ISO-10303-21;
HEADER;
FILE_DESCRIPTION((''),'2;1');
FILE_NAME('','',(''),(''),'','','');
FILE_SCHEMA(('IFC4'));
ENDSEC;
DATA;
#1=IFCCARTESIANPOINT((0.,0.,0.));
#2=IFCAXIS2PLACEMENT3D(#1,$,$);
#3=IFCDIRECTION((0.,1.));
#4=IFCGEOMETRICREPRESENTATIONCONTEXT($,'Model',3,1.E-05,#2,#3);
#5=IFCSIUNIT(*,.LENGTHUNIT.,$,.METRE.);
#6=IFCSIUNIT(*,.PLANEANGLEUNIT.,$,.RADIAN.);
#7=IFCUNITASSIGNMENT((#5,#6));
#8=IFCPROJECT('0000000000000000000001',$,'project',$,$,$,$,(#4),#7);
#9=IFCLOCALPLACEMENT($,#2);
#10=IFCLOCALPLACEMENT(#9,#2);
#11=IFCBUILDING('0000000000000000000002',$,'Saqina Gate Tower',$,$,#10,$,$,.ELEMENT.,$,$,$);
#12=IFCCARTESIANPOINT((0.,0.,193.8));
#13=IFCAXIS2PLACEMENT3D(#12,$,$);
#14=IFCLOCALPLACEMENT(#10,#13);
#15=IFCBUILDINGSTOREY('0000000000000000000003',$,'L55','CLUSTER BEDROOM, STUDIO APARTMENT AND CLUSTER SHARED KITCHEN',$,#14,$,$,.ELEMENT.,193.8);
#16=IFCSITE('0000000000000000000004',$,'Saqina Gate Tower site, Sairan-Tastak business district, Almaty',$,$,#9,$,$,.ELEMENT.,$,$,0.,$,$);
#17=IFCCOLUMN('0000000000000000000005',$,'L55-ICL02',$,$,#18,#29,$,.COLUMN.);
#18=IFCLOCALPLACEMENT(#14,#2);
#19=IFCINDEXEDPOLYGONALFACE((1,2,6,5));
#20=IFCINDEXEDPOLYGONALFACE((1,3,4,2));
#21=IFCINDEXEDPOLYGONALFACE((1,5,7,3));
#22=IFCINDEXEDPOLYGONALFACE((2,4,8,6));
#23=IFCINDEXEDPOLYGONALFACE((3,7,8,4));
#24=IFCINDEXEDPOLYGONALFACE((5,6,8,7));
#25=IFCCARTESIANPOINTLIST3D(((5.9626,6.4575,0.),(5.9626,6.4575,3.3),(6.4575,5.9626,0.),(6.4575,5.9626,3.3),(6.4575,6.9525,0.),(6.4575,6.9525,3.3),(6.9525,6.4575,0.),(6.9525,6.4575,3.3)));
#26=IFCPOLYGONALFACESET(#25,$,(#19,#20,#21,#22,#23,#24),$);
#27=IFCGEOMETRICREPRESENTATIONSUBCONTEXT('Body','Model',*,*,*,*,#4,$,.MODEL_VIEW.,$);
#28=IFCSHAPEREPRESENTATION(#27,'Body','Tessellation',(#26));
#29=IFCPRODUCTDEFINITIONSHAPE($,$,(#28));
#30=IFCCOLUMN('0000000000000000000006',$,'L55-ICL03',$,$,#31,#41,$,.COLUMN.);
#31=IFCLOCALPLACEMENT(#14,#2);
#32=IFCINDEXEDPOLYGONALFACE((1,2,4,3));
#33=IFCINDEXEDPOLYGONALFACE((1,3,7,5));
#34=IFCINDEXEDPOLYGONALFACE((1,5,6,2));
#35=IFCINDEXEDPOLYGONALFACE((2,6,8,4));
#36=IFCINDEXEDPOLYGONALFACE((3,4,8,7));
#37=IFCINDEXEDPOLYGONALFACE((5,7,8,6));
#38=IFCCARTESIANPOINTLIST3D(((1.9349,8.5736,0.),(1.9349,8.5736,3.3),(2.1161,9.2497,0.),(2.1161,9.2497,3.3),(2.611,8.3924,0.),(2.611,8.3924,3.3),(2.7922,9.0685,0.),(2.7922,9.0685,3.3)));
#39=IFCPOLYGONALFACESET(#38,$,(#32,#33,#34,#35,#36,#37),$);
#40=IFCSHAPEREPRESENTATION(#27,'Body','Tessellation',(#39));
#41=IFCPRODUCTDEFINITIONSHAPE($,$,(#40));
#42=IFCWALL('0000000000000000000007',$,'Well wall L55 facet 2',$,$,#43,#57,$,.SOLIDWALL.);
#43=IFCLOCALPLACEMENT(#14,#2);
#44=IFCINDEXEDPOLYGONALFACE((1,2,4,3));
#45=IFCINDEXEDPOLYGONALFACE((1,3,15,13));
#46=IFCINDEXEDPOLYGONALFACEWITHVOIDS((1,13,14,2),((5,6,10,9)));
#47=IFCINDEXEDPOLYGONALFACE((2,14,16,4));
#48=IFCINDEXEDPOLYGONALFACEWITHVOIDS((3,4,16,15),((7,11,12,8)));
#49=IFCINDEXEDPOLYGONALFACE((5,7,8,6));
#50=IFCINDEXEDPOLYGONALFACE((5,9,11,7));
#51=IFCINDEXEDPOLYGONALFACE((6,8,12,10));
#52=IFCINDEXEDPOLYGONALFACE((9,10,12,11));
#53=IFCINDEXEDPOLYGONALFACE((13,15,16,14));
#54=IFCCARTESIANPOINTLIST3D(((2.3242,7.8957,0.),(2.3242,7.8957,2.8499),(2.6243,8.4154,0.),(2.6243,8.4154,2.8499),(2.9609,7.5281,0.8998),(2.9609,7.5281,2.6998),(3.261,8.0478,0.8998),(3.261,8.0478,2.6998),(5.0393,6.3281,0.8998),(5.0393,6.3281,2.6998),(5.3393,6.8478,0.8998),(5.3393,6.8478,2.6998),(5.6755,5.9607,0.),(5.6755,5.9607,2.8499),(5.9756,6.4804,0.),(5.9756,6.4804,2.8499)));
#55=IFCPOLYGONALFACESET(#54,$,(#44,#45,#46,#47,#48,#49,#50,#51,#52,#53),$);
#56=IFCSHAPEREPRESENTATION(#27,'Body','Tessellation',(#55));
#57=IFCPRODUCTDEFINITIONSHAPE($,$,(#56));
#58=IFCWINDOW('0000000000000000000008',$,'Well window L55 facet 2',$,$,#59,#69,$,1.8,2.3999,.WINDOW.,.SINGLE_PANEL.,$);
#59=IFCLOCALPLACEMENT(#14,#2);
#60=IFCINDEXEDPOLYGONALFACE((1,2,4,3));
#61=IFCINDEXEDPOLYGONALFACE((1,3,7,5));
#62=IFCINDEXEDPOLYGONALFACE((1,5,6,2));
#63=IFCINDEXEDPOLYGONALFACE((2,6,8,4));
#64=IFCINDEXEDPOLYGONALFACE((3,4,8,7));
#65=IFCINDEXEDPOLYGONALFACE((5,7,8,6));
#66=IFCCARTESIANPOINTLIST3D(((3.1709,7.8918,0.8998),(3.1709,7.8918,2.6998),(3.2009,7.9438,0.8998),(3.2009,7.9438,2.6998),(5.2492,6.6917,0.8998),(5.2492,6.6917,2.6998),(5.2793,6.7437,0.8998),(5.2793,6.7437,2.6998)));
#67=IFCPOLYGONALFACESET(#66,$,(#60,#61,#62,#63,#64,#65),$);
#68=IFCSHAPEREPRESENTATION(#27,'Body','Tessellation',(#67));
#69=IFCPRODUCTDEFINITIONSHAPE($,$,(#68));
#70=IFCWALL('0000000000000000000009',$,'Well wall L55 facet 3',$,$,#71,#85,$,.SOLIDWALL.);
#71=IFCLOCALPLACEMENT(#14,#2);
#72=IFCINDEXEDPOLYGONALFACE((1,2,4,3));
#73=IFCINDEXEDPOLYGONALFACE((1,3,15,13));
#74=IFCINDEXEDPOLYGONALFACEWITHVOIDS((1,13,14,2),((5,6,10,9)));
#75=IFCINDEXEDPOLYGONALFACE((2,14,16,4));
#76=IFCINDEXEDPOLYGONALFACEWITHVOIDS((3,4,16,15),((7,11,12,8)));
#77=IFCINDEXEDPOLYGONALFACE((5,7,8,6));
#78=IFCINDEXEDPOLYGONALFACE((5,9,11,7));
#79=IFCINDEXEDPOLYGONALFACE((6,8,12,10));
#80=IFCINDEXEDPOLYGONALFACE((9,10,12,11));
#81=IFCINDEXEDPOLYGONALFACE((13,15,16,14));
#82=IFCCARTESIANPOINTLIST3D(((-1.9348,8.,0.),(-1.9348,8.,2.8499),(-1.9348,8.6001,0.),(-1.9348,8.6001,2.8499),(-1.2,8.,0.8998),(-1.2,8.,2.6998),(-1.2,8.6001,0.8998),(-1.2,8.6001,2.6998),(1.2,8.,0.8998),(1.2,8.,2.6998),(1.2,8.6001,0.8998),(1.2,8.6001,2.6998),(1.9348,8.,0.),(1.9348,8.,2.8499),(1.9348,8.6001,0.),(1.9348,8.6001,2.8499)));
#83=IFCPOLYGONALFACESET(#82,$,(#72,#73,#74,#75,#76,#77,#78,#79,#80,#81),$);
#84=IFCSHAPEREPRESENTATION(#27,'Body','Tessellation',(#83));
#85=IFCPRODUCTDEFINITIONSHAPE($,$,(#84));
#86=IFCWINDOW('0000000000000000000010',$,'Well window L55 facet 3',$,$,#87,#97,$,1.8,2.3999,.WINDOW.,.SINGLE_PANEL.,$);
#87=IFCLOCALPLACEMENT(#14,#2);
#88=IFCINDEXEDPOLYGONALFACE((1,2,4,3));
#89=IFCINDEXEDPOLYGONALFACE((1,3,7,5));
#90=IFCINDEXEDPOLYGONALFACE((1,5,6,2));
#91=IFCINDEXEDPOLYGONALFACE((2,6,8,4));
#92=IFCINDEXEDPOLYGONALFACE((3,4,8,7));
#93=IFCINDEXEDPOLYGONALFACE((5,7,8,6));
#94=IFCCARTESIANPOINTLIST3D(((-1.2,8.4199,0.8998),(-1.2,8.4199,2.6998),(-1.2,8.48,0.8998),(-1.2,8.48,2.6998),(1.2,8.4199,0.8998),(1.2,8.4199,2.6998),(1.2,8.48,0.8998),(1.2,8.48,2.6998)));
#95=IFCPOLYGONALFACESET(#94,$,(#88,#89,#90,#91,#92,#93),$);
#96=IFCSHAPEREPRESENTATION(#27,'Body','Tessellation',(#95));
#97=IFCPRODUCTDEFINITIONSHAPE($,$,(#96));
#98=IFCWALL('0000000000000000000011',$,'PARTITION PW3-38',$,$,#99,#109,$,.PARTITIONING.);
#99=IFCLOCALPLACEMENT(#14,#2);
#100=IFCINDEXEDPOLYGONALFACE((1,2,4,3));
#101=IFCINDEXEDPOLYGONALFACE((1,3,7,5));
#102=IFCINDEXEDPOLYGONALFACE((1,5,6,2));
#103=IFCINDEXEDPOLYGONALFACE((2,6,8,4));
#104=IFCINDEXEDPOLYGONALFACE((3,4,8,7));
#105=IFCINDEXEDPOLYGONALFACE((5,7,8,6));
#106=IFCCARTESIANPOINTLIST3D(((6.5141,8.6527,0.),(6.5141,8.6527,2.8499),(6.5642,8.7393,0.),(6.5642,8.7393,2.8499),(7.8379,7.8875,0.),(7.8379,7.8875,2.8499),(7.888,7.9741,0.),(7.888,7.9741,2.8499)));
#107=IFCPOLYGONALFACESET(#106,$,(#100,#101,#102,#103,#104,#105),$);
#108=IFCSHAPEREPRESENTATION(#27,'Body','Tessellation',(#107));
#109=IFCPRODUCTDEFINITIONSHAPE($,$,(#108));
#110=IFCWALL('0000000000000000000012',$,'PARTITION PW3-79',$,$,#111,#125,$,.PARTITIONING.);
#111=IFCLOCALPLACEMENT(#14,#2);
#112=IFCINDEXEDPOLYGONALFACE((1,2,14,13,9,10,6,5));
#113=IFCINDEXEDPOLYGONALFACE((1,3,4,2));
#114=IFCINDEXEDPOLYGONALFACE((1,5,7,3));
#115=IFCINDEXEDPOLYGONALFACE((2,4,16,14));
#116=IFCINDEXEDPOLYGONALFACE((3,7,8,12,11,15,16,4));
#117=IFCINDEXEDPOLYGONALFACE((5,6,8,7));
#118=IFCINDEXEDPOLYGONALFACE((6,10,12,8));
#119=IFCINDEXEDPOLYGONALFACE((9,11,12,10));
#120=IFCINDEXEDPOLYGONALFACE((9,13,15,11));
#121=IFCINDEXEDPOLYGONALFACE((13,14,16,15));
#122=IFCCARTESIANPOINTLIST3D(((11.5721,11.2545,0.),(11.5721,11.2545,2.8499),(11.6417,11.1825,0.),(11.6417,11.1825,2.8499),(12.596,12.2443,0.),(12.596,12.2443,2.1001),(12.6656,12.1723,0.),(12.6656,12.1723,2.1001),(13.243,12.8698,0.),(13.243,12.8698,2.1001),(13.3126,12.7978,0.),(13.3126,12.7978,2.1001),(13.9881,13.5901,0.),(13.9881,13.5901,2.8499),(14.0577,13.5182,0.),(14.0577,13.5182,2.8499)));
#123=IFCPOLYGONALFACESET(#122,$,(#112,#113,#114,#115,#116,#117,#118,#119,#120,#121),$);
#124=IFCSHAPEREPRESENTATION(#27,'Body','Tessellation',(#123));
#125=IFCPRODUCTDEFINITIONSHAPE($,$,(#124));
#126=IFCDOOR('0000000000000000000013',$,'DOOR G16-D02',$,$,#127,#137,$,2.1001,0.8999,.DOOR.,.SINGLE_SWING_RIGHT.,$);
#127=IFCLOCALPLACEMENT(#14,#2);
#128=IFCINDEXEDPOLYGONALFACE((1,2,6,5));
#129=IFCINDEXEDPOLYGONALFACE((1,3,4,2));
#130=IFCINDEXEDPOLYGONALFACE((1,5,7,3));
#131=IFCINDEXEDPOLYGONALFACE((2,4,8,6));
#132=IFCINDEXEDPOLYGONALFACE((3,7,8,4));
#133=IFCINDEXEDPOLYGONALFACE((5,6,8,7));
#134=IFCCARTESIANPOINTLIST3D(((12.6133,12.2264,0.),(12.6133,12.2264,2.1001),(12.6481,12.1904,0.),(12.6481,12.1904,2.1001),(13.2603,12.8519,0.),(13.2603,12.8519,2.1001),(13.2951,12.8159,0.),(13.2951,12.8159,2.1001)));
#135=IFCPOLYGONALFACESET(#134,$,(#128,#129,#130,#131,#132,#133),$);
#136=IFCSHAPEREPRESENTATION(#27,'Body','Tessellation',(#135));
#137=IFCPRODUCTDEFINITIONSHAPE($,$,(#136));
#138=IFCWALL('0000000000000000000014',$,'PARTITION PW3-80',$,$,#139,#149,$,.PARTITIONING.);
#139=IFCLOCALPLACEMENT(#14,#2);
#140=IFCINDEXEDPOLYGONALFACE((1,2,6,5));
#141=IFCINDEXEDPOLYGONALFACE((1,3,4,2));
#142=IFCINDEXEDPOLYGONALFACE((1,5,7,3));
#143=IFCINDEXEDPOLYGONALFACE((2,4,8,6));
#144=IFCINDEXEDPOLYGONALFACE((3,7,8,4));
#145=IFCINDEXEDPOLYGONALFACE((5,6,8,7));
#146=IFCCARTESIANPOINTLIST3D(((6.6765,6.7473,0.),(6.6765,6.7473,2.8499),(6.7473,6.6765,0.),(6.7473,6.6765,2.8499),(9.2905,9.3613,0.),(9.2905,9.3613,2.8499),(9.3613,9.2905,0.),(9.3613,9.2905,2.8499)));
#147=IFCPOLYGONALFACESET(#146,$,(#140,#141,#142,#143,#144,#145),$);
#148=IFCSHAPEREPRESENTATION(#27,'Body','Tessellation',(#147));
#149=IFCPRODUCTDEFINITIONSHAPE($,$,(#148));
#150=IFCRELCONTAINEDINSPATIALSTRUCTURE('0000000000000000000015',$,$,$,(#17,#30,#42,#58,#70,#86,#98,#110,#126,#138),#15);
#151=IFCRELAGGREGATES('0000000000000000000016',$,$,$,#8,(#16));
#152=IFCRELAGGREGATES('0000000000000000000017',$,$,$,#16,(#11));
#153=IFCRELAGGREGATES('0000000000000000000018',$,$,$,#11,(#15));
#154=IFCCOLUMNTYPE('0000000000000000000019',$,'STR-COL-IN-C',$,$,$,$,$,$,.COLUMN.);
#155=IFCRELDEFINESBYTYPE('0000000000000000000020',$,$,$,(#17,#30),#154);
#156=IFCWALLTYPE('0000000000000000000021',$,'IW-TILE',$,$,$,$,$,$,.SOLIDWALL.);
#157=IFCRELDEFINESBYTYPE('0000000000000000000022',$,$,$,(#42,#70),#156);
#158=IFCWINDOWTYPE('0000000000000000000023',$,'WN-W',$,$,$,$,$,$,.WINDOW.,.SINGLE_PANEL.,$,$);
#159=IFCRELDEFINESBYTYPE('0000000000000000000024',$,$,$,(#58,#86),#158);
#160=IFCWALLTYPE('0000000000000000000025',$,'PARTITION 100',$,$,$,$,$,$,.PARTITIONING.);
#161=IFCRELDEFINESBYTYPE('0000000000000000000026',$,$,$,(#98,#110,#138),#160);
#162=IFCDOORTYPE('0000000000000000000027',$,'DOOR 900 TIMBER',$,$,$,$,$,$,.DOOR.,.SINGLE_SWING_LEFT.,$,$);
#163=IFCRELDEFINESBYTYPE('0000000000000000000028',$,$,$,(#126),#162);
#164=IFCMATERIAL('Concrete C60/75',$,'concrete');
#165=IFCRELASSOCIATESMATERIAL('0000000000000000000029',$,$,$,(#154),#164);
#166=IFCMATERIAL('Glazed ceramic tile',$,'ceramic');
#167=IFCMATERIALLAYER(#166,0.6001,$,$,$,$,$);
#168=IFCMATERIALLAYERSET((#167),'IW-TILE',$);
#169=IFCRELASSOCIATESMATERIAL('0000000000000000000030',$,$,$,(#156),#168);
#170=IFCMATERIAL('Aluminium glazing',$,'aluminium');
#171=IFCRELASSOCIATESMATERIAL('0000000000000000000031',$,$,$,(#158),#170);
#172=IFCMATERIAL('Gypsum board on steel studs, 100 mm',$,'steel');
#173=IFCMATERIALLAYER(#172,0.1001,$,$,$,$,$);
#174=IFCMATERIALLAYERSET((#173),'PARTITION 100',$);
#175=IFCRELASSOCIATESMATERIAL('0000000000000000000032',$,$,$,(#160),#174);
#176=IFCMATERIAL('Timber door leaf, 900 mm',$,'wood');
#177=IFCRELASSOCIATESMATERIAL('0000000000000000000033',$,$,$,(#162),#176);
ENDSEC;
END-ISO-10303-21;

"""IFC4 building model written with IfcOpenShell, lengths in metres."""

from ifc_helpers import new_model, si_unit, direction, frame, frame_2d, origin, origin_2d, place, context, subcontext, project, spatial, rectangle, extrude, material, layer, layer_set, material_profile, profile_set, type_object, element, fill, save


model = new_model("IFC4")

# Units and contexts
model_context = context("Model", 3, precision=1e-05, world=origin(), true_north=direction((0.0, 1.0)))
body_context = subcontext(model_context, "Body", "Model", "MODEL_VIEW")
ifc_project = project(units=[si_unit("LENGTHUNIT", "METRE"), si_unit("PLANEANGLEUNIT", "RADIAN")], contexts=[model_context])

# Site, building, storey
site_placement = place(None, origin())
site = spatial("IfcSite", under=ifc_project, at=site_placement, Name="Saqina Gate Tower site, Sairan-Tastak business district, Almaty", CompositionType="ELEMENT", RefElevation=0.0)
building_placement = place(site_placement, origin())
building = spatial("IfcBuilding", under=site, at=building_placement, Name="Saqina Gate Tower", CompositionType="ELEMENT")
storey_placement = place(building_placement, frame((0.0, 0.0, 193.8)))
storey = spatial("IfcBuildingStorey", under=building, at=storey_placement, Name="L55", Description="CLUSTER BEDROOM, STUDIO APARTMENT AND CLUSTER SHARED KITCHEN", CompositionType="ELEMENT", Elevation=193.8)

# Columns
ifc_material_1 = material(Name="Concrete C60/75", Category="concrete")
ifc_material_profile = material_profile(ifc_material_1, rectangle(XDim=0.7, YDim=0.7, at=origin_2d()), Name="RC 700x700")
ifc_profile_set = profile_set([ifc_material_profile], Name="Concrete C60/75")
column_type = type_object("IfcColumnType", Name="STR-COL-IN-C", PredefinedType="COLUMN", material=ifc_profile_set)
for number, where, z_axis, x_axis, name in (
    (1, (6.4575, 6.4575, 0.0), (0.0, 0.0, 1.0), (0.707107, 0.707107, 0.0), "L55-ICL02"),
    (2, (2.3635, 8.821, 0.0), (0.0, 0.0, 1.0), (0.258819, 0.965926, 0.0), "L55-ICL03"),
):
    element("IfcColumn", number, at=place(storey_placement, frame(where, z_axis=z_axis, x_axis=x_axis)), inside=storey, type_object=column_type, Name=name, PredefinedType="COLUMN", context=body_context, shape_type="SweptSolid", body=[
        extrude(rectangle(XDim=0.7, YDim=0.7, at=origin_2d()), origin(), (0.0, 0.0, 1.0), 3.3),
    ])

# Walls, openings, windows
ifc_material_2 = material(Name="Glazed ceramic tile", Category="ceramic")
ifc_layer_1 = layer(ifc_material_2, 0.6001)
ifc_layer_set_1 = layer_set([ifc_layer_1], Name="IW-TILE")
wall_type_1 = type_object("IfcWallType", Name="IW-TILE", PredefinedType="SOLIDWALL", material=ifc_layer_set_1)
wall_1_placement = place(storey_placement, frame((5.8257, 6.2205, 0.0), z_axis=(0.0, 0.0, 1.0), x_axis=(-0.866006, 0.500034, 0.0)))
wall_1 = element("IfcWall", 3, at=wall_1_placement, inside=storey, type_object=wall_type_1, Name="Well wall L55 facet 2", PredefinedType="SOLIDWALL", context=body_context, shape_type="SweptSolid", body=[
    extrude(rectangle(XDim=3.8699, YDim=0.6001, at=frame_2d((1.9351, 0.0))), origin(), (0.0, 0.0, 1.0), 2.8499),
])
opening_1_placement = place(wall_1_placement, frame((0.7349, 0.0, 0.8999)))
opening_1 = element("IfcOpeningElement", 4, at=opening_1_placement, cuts=wall_1, PredefinedType="OPENING", context=body_context, shape_type="SweptSolid", body=[
    extrude(rectangle(XDim=2.3999, YDim=1.8, at=frame_2d((1.2, 0.8999))), frame((0.0, 0.312, 0.0), z_axis=(0.0, -1.0, 0.0), x_axis=(1.0, 0.0, 0.0)), (0.0, 0.0, 1.0), 0.624),
])
ifc_material_3 = material(Name="Aluminium glazing", Category="aluminium")
window_type = type_object("IfcWindowType", Name="WN-W", PartitioningType="SINGLE_PANEL", PredefinedType="WINDOW", material=ifc_material_3)
window_1_placement = place(opening_1_placement, origin())
window_1 = element("IfcWindow", 5, at=window_1_placement, inside=storey, type_object=window_type, Name="Well window L55 facet 2", OverallHeight=1.8, OverallWidth=2.3999, PartitioningType="SINGLE_PANEL", PredefinedType="WINDOW", context=body_context, shape_type="SweptSolid", body=[
    extrude(rectangle(XDim=2.3999, YDim=1.8, at=frame_2d((1.2, 0.8999))), frame((0.0, -0.1199, 0.0), z_axis=(0.0, -1.0, 0.0), x_axis=(1.0, 0.0, 0.0)), (0.0, 0.0, 1.0), 0.0601),
])
fill(opening_1, window_1)
wall_2_placement = place(storey_placement, frame((1.9348, 8.3, 0.0), z_axis=(0.0, 0.0, 1.0), x_axis=(-1.0, 0.0, 0.0)))
wall_2 = element("IfcWall", 6, at=wall_2_placement, inside=storey, type_object=wall_type_1, Name="Well wall L55 facet 3", PredefinedType="SOLIDWALL", context=body_context, shape_type="SweptSolid", body=[
    extrude(rectangle(XDim=3.8696, YDim=0.6001, at=frame_2d((1.9348, 0.0))), origin(), (0.0, 0.0, 1.0), 2.8499),
])
opening_2_placement = place(wall_2_placement, frame((0.7349, 0.0, 0.8999)))
opening_2 = element("IfcOpeningElement", 7, at=opening_2_placement, cuts=wall_2, PredefinedType="OPENING", context=body_context, shape_type="SweptSolid", body=[
    extrude(rectangle(XDim=2.3999, YDim=1.8, at=frame_2d((1.2, 0.8999))), frame((0.0, 0.312, 0.0), z_axis=(0.0, -1.0, 0.0), x_axis=(1.0, 0.0, 0.0)), (0.0, 0.0, 1.0), 0.624),
])
window_2_placement = place(opening_2_placement, origin())
window_2 = element("IfcWindow", 8, at=window_2_placement, inside=storey, type_object=window_type, Name="Well window L55 facet 3", OverallHeight=1.8, OverallWidth=2.3999, PartitioningType="SINGLE_PANEL", PredefinedType="WINDOW", context=body_context, shape_type="SweptSolid", body=[
    extrude(rectangle(XDim=2.3999, YDim=1.8, at=frame_2d((1.2, 0.8999))), frame((0.0, -0.1199, 0.0), z_axis=(0.0, -1.0, 0.0), x_axis=(1.0, 0.0, 0.0)), (0.0, 0.0, 1.0), 0.0601),
])
fill(opening_2, window_2)

# Wall
ifc_material_4 = material(Name="Gypsum board on steel studs, 100 mm", Category="steel")
ifc_layer_2 = layer(ifc_material_4, 0.1001)
ifc_layer_set_2 = layer_set([ifc_layer_2], Name="PARTITION 100")
wall_type_2 = type_object("IfcWallType", Name="PARTITION 100", PredefinedType="PARTITIONING", material=ifc_layer_set_2)
wall_3_placement = place(storey_placement, frame((6.5391, 8.696, 0.0), z_axis=(0.0, 0.0, 1.0), x_axis=(0.865776, -0.500432, 0.0)))
element("IfcWall", 9, at=wall_3_placement, inside=storey, type_object=wall_type_2, Name="PARTITION PW3-38", PredefinedType="PARTITIONING", context=body_context, shape_type="SweptSolid", body=[
    extrude(rectangle(XDim=1.5291, YDim=0.1001, at=frame_2d((0.7646, 0.0))), origin(), (0.0, 0.0, 1.0), 2.8499),
])

# Wall, opening, door
wall_4_placement = place(storey_placement, frame((11.6069, 11.2185, 0.0), z_axis=(0.0, 0.0, 1.0), x_axis=(0.718957, 0.695055, 0.0)))
wall_4 = element("IfcWall", 10, at=wall_4_placement, inside=storey, type_object=wall_type_2, Name="PARTITION PW3-79", PredefinedType="PARTITIONING", context=body_context, shape_type="SweptSolid", body=[
    extrude(rectangle(XDim=3.3604, YDim=0.1001, at=frame_2d((1.6802, 0.0))), origin(), (0.0, 0.0, 1.0), 2.8499),
])
opening_3_placement = place(wall_4_placement, frame((1.4241, 0.0, 0.0)))
opening_3 = element("IfcOpeningElement", 11, at=opening_3_placement, cuts=wall_4, PredefinedType="OPENING", context=body_context, shape_type="SweptSolid", body=[
    extrude(rectangle(XDim=0.8999, YDim=2.1001, at=frame_2d((0.45, 1.05))), frame((0.0, 0.062, 0.0), z_axis=(0.0, -1.0, 0.0), x_axis=(1.0, 0.0, 0.0)), (0.0, 0.0, 1.0), 0.124),
])
ifc_material_5 = material(Name="Timber door leaf, 900 mm", Category="wood")
door_type_1 = type_object("IfcDoorType", Name="DOOR 900 TIMBER", OperationType="SINGLE_SWING_LEFT", PredefinedType="DOOR", material=ifc_material_5)
door_1_placement = place(opening_3_placement, frame((0.8999, 0.0, 0.0), z_axis=(0.0, 0.0, 1.0), x_axis=(-1.0, 0.0, 0.0)))
door_1 = element("IfcDoor", 12, at=door_1_placement, inside=storey, type_object=door_type_1, Name="DOOR G16-D02", OperationType="SINGLE_SWING_RIGHT", OverallHeight=2.1001, OverallWidth=0.8999, PredefinedType="DOOR", context=body_context, shape_type="SweptSolid", body=[
    extrude(rectangle(XDim=0.8999, YDim=2.1001, at=frame_2d((0.45, 1.05))), frame((0.0, 0.0249, 0.0), z_axis=(0.0, -1.0, 0.0), x_axis=(1.0, 0.0, 0.0)), (0.0, 0.0, 1.0), 0.05),
])
fill(opening_3, door_1)

# Wall
wall_5_placement = place(storey_placement, frame((6.7119, 6.7119, 0.0), z_axis=(0.0, 0.0, 1.0), x_axis=(0.707107, 0.707107, 0.0)))
element("IfcWall", 13, at=wall_5_placement, inside=storey, type_object=wall_type_2, Name="PARTITION PW3-80", PredefinedType="PARTITIONING", context=body_context, shape_type="SweptSolid", body=[
    extrude(rectangle(XDim=3.6968, YDim=0.1001, at=frame_2d((1.8484, 0.0))), origin(), (0.0, 0.0, 1.0), 2.8499),
])

save(model, "model.ifc")
